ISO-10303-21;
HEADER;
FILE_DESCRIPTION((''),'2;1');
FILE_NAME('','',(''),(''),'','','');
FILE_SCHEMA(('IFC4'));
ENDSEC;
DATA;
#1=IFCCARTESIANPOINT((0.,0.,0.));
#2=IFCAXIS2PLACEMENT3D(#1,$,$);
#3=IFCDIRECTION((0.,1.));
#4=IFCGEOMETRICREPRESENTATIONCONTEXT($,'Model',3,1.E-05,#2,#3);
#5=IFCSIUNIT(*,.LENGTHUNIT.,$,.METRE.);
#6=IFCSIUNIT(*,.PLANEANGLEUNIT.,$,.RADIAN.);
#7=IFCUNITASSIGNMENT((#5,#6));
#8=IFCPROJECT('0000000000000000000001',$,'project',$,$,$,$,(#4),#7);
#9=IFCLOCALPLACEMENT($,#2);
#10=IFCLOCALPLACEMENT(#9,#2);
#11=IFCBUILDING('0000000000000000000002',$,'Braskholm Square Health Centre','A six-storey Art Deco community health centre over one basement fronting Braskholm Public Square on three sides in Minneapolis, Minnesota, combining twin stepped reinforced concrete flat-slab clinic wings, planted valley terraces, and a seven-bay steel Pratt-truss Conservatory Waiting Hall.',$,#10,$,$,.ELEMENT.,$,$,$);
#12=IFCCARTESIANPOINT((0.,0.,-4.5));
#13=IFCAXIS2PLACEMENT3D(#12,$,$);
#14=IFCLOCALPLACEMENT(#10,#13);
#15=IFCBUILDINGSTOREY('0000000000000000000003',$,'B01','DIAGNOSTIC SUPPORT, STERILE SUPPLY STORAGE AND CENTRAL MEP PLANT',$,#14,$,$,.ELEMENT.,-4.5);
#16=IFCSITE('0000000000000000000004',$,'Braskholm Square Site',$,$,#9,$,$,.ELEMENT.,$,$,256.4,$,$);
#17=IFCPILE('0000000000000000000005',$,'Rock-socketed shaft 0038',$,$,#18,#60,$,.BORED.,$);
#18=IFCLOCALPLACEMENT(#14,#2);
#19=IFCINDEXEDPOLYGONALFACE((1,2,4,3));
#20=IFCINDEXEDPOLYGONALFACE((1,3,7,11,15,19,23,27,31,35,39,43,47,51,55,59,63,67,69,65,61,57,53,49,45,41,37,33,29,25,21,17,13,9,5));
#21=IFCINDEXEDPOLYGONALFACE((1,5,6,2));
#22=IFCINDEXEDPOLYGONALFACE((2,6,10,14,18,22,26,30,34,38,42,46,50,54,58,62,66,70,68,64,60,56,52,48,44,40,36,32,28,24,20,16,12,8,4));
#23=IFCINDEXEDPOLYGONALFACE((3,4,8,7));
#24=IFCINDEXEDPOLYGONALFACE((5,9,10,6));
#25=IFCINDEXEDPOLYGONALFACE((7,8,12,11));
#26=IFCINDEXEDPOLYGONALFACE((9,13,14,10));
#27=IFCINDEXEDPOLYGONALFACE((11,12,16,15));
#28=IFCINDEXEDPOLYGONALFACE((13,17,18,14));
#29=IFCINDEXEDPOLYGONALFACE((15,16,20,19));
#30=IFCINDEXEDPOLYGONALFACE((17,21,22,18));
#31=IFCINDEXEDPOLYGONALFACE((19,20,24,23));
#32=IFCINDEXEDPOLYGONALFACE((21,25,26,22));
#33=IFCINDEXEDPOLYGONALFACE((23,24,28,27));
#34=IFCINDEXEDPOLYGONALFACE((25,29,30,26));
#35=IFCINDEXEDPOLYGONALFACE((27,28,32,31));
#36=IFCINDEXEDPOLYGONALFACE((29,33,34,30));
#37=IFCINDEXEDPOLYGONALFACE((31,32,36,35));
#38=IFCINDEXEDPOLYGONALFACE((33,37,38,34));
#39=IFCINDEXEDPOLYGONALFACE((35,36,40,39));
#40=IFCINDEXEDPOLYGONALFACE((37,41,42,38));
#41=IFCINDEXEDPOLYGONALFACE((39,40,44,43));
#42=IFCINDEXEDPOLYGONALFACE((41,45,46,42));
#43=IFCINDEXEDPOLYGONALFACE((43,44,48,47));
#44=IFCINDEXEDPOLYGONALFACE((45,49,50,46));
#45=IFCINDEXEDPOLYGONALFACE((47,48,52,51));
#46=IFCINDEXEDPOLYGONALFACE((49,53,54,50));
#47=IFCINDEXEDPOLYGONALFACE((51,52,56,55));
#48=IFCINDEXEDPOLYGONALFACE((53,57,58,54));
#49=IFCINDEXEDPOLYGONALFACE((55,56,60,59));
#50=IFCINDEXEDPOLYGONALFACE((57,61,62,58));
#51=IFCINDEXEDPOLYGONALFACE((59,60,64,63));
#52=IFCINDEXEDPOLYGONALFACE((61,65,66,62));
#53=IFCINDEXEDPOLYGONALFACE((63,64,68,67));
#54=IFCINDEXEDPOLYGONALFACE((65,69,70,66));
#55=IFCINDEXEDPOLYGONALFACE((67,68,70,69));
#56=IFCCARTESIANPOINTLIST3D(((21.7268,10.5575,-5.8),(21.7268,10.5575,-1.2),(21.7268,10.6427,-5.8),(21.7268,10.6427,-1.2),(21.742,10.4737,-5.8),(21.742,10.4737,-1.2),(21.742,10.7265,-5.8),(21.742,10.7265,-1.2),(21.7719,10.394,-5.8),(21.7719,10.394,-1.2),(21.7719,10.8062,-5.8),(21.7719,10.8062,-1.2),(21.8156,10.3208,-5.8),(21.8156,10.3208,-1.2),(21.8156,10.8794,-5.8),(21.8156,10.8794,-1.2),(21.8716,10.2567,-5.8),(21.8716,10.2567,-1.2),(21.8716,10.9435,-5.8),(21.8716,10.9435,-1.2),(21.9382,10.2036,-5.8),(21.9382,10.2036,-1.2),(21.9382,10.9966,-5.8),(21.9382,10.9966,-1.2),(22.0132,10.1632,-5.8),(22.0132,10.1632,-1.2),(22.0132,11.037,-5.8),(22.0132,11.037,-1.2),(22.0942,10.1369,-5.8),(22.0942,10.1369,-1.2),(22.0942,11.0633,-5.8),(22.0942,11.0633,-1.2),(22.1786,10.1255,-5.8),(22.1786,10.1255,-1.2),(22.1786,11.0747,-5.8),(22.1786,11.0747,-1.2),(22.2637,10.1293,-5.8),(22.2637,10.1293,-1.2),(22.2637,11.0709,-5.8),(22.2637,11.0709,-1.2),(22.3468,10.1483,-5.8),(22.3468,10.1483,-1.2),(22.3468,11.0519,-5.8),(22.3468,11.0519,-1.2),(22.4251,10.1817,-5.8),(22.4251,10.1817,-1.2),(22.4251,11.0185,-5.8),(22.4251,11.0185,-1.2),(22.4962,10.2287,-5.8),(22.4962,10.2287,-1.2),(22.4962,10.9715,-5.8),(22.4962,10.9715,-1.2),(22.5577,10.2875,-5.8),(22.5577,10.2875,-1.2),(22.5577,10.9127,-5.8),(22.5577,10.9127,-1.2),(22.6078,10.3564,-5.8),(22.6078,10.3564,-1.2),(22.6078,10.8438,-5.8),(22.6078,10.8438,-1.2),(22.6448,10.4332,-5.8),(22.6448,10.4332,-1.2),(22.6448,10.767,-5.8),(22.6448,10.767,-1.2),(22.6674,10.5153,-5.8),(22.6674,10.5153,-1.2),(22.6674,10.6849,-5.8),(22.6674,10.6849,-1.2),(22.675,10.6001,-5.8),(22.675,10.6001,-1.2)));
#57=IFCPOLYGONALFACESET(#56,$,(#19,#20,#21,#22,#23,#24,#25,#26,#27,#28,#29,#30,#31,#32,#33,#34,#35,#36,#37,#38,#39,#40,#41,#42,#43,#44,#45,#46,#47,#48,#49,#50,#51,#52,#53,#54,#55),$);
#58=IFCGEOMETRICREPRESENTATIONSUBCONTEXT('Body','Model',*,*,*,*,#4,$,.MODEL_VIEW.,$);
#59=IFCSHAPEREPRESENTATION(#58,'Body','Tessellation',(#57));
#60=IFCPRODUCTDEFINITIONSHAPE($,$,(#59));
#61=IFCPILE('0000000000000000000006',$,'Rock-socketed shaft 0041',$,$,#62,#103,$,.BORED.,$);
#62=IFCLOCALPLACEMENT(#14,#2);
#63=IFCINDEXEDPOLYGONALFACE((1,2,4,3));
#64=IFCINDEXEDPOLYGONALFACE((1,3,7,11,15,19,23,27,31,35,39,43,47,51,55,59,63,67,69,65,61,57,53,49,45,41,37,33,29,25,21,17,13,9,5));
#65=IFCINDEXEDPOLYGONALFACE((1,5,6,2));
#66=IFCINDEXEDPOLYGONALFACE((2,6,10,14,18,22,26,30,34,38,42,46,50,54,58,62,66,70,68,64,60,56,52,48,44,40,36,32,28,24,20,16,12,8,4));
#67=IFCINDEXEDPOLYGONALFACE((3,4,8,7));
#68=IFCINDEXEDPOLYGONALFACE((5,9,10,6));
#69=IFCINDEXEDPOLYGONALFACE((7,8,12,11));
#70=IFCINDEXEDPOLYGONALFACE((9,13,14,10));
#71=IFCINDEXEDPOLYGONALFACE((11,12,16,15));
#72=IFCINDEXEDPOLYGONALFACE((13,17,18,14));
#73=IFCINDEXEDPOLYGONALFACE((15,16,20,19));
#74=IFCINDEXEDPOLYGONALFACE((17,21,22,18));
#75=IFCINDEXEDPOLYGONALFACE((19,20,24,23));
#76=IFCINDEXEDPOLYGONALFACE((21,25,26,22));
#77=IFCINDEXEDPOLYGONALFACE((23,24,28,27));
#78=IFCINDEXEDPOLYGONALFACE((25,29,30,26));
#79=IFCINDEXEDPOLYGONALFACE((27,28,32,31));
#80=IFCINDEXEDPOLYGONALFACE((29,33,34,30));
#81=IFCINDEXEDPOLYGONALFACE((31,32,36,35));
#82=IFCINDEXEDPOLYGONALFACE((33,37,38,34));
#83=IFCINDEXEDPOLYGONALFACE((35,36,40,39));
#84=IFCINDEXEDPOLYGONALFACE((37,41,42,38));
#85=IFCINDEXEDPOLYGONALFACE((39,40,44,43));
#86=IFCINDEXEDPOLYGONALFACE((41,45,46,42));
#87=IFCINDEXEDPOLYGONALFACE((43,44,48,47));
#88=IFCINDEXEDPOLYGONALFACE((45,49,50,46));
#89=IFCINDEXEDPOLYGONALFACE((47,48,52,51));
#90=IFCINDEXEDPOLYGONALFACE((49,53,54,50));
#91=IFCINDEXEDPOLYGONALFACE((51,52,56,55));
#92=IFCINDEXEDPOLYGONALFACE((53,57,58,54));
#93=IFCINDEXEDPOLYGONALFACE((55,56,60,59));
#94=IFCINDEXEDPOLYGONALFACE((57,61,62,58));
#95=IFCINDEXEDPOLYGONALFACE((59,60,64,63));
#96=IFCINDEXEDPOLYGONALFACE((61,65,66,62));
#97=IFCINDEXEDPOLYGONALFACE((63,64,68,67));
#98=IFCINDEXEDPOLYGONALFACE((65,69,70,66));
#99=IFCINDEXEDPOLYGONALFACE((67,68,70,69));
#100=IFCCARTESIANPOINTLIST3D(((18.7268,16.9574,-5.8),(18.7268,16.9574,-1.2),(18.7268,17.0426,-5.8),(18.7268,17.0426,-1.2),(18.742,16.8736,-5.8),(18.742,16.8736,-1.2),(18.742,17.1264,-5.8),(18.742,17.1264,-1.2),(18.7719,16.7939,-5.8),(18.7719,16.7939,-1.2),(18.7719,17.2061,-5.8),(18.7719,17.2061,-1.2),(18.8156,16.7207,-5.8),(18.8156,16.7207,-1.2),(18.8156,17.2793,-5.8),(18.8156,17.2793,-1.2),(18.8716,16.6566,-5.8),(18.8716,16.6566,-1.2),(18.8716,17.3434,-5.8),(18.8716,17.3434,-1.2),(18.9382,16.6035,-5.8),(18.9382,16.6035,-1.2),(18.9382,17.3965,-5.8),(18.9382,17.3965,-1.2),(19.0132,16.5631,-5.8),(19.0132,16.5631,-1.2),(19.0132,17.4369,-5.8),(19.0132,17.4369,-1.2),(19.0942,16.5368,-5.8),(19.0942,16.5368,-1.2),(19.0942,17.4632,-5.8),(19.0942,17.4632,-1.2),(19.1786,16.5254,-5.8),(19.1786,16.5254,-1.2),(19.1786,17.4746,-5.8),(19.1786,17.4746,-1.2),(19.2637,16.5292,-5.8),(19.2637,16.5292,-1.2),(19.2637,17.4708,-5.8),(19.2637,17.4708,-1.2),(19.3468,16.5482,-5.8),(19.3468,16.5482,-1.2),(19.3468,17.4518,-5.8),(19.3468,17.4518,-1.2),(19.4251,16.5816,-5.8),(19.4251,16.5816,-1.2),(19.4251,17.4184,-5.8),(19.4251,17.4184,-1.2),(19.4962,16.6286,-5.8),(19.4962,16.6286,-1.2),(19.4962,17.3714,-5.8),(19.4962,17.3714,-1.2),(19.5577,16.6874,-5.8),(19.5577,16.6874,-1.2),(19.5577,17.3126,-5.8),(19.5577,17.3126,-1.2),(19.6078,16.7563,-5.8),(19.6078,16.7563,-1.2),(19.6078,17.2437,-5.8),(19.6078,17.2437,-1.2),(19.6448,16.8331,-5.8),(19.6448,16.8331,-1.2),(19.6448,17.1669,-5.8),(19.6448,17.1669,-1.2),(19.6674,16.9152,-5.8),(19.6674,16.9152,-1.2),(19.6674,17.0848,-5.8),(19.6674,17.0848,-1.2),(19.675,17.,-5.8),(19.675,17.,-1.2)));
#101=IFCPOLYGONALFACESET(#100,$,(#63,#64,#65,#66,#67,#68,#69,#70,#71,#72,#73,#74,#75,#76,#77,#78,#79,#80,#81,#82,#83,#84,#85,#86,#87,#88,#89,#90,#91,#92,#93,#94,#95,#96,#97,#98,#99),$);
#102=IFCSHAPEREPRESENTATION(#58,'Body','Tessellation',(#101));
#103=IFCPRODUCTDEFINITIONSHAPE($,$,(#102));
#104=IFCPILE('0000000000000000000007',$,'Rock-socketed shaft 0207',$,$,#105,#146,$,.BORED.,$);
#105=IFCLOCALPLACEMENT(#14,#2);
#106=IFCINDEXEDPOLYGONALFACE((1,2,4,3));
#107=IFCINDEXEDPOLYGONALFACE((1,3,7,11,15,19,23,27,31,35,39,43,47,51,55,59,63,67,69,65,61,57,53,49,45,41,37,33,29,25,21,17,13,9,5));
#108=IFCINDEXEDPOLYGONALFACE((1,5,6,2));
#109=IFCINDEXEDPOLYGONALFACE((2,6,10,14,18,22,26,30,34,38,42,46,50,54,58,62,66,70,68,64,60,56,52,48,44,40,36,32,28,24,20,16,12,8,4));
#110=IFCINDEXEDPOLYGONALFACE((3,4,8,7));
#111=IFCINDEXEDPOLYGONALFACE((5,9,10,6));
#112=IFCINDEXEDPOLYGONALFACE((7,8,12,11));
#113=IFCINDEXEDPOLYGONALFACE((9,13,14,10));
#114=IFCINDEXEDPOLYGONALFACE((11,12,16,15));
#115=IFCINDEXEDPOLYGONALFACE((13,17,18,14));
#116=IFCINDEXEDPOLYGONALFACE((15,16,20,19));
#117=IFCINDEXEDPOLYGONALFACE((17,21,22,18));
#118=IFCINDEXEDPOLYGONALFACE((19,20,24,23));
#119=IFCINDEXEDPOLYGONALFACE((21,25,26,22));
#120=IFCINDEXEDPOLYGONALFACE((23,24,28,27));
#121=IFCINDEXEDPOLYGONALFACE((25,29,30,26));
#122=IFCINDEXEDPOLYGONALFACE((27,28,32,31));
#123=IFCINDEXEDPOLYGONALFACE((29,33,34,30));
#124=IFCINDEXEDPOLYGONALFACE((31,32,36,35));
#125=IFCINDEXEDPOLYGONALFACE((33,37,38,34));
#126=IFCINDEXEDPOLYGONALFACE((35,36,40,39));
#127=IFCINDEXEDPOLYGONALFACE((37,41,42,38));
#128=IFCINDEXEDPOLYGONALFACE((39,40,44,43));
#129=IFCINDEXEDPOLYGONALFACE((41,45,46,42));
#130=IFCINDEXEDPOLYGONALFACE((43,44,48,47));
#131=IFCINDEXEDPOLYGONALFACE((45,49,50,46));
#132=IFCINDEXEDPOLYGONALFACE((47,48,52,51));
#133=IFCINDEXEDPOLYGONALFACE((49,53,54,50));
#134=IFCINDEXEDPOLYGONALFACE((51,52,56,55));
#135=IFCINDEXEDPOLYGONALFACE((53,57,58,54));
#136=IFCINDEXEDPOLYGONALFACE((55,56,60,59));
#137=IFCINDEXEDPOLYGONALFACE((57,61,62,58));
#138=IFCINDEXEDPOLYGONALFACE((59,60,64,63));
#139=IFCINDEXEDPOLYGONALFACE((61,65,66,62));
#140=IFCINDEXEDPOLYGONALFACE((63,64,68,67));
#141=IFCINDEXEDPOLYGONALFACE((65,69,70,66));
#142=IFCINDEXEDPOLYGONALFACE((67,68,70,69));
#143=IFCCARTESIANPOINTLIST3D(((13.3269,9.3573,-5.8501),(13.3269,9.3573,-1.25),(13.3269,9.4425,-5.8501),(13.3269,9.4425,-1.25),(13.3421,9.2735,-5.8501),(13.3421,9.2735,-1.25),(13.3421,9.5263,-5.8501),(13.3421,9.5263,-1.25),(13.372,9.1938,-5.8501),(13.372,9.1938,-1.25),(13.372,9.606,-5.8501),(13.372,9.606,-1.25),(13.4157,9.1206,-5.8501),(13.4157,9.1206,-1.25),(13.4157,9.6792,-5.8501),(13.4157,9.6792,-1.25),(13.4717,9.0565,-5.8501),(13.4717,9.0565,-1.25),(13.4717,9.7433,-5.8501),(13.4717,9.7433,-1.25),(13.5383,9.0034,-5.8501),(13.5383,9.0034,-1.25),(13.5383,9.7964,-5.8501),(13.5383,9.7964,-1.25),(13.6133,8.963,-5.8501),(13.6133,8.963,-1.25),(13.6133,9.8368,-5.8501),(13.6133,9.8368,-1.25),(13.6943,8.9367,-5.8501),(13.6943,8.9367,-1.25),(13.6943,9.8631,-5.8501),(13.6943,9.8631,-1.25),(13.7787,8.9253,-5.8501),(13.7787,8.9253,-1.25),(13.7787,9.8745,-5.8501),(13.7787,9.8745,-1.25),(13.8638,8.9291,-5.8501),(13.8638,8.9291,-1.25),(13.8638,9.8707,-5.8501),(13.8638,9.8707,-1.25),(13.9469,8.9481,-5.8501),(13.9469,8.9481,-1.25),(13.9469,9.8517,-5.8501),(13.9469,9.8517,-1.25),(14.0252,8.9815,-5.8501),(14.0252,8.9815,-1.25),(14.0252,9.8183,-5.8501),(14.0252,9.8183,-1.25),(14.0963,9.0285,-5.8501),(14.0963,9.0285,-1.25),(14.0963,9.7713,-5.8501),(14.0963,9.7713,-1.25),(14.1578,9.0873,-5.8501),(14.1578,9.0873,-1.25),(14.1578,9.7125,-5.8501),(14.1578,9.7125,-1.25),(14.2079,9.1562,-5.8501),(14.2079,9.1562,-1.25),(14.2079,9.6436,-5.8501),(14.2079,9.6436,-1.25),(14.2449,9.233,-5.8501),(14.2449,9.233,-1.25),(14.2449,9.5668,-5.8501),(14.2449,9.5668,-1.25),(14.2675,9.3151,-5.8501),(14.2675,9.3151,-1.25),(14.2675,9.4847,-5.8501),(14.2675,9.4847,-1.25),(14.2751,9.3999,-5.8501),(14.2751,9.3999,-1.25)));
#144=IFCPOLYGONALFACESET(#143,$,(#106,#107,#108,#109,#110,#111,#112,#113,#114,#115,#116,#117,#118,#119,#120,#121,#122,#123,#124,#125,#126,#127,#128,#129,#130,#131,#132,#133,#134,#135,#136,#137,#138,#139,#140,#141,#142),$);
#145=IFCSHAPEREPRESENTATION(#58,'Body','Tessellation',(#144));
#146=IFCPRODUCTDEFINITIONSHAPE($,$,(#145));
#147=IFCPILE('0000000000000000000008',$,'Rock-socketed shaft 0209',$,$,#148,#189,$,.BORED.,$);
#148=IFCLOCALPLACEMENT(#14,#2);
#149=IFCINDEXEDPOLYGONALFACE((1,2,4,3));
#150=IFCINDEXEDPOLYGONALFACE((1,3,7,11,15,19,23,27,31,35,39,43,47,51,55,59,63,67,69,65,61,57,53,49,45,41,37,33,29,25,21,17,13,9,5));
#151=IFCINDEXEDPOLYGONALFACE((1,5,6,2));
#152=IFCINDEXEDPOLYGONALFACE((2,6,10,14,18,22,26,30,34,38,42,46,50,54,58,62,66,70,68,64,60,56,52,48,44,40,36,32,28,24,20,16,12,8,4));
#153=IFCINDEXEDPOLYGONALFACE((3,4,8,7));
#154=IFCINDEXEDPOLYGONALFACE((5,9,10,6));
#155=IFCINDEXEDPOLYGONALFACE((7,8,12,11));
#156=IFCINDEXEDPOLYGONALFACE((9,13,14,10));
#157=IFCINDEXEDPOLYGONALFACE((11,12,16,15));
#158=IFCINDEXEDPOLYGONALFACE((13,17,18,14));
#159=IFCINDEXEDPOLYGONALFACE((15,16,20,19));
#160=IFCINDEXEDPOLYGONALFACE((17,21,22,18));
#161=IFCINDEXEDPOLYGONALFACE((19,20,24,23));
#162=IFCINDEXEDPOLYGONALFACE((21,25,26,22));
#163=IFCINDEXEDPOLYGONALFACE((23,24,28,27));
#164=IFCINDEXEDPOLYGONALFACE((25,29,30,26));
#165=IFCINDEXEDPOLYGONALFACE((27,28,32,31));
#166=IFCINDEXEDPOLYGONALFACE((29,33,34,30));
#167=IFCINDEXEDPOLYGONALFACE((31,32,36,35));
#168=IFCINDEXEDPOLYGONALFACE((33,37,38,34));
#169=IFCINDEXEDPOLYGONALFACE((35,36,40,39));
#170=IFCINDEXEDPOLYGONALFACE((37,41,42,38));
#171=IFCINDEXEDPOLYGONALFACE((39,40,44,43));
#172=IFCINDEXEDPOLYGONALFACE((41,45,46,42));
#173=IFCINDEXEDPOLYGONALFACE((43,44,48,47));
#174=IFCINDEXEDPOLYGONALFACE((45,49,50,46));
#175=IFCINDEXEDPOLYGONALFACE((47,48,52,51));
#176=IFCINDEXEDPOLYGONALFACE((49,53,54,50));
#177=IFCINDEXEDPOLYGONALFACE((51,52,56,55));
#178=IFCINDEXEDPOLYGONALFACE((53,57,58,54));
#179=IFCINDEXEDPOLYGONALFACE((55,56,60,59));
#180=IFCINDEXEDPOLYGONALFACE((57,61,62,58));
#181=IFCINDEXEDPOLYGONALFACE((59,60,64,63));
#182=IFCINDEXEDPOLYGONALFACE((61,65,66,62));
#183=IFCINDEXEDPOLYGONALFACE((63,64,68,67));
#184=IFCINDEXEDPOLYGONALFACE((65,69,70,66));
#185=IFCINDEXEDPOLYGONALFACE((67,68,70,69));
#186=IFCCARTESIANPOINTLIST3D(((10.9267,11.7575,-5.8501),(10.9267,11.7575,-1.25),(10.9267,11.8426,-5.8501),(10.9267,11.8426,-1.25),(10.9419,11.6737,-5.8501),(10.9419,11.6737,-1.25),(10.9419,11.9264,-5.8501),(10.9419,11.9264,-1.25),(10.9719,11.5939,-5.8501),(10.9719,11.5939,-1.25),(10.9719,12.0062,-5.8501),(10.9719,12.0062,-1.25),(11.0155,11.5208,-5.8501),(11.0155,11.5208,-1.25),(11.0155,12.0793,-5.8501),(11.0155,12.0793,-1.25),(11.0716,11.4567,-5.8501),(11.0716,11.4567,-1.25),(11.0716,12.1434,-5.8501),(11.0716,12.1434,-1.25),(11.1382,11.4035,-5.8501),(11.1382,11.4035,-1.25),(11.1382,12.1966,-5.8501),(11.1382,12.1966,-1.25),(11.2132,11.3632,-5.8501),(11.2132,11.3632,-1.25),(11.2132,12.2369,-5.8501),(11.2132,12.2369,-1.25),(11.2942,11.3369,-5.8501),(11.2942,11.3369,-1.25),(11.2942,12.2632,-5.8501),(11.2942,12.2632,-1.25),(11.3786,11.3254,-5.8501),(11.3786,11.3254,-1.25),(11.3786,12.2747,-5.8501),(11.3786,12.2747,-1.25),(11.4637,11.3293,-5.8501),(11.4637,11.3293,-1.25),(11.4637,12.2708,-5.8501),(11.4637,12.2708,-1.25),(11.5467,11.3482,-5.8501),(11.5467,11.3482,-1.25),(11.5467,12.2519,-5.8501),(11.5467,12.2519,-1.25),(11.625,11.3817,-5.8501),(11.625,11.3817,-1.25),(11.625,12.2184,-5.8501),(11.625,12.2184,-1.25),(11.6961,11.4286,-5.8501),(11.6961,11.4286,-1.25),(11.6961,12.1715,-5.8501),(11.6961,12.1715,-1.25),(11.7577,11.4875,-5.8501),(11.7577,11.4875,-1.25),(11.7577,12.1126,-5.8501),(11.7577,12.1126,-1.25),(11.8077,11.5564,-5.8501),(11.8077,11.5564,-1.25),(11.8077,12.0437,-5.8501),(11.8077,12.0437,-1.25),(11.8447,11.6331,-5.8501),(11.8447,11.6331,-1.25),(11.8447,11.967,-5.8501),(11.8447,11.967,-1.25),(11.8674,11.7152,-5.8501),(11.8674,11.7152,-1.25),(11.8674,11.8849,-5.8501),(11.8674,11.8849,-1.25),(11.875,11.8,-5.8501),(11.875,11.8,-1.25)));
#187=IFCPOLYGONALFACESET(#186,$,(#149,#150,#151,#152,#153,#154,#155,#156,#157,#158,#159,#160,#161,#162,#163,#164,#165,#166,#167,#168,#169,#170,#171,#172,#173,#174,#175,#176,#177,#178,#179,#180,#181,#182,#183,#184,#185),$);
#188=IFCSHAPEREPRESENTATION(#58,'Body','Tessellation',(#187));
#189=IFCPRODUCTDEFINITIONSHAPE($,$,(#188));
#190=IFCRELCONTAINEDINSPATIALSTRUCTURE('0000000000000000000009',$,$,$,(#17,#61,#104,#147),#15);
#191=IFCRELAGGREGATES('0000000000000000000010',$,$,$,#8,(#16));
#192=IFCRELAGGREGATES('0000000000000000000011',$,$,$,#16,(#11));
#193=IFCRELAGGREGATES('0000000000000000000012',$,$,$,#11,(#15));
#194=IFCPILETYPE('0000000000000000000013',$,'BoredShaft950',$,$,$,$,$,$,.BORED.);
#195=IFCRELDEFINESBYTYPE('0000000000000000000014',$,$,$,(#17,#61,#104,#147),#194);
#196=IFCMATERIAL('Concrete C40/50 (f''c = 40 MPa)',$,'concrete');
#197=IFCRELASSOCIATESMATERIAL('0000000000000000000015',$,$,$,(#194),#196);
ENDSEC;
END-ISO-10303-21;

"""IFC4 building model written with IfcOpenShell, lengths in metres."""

from ifc_helpers import new_model, si_unit, direction, frame, origin, origin_2d, place, context, subcontext, project, spatial, circle, extrude, material, material_profile, profile_set, type_object, element, save


model = new_model("IFC4")

# Units and contexts
model_context = context("Model", 3, precision=1e-05, world=origin(), true_north=direction((0.0, 1.0)))
body_context = subcontext(model_context, "Body", "Model", "MODEL_VIEW")
ifc_project = project(units=[si_unit("LENGTHUNIT", "METRE"), si_unit("PLANEANGLEUNIT", "RADIAN")], contexts=[model_context])

# Site, building, storey
site_placement = place(None, origin())
site = spatial("IfcSite", under=ifc_project, at=site_placement, Name="Braskholm Square Site", CompositionType="ELEMENT", RefElevation=256.4)
building_placement = place(site_placement, origin())
building = spatial("IfcBuilding", under=site, at=building_placement, Name="Braskholm Square Health Centre", Description="A six-storey Art Deco community health centre over one basement fronting Braskholm Public Square on three sides in Minneapolis, Minnesota, combining twin stepped reinforced concrete flat-slab clinic wings, planted valley terraces, and a seven-bay steel Pratt-truss Conservatory Waiting Hall.", CompositionType="ELEMENT")
storey_placement = place(building_placement, frame((0.0, 0.0, -4.5)))
storey = spatial("IfcBuildingStorey", under=building, at=storey_placement, Name="B01", Description="DIAGNOSTIC SUPPORT, STERILE SUPPLY STORAGE AND CENTRAL MEP PLANT", CompositionType="ELEMENT", Elevation=-4.5)

# Piles
ifc_material_1 = material(Name="Concrete C40/50 (f'c = 40 MPa)", Category="concrete")
ifc_material_profile_1 = material_profile(ifc_material_1, circle(Radius=0.4751, at=origin_2d()), Name="BORED-PILE-950")
ifc_profile_set_1 = profile_set([ifc_material_profile_1], Name="Concrete C40/50 (f'c = 40 MPa)")
pile_type_1 = type_object("IfcPileType", Name="BoredShaft950", PredefinedType="BORED", material=ifc_profile_set_1)
for number, where, z_axis, x_axis, name in (
    (1, (22.2, 10.6001, -1.2), (0.0, 0.0, -1.0), (1.0, 0.0, 0.0), "Rock-socketed shaft 0038"),
    (2, (19.2, 17.0, -1.2), (0.0, 0.0, -1.0), (1.0, 0.0, 0.0), "Rock-socketed shaft 0041"),
    (3, (13.8, 9.3999, -1.25), (0.0, 0.0, -1.0), (1.0, 0.0, 0.0), "Rock-socketed shaft 0207"),
    (4, (11.3999, 11.8, -1.25), (0.0, 0.0, -1.0), (1.0, 0.0, 0.0), "Rock-socketed shaft 0209"),
):
    element("IfcPile", number, at=place(storey_placement, frame(where, z_axis=z_axis, x_axis=x_axis)), inside=storey, type_object=pile_type_1, Name=name, PredefinedType="BORED", context=body_context, shape_type="SweptSolid", body=[
        extrude(circle(Radius=0.4751, at=origin_2d()), origin(), (0.0, 0.0, 1.0), 4.6001),
    ])

save(model, "model.ifc")
